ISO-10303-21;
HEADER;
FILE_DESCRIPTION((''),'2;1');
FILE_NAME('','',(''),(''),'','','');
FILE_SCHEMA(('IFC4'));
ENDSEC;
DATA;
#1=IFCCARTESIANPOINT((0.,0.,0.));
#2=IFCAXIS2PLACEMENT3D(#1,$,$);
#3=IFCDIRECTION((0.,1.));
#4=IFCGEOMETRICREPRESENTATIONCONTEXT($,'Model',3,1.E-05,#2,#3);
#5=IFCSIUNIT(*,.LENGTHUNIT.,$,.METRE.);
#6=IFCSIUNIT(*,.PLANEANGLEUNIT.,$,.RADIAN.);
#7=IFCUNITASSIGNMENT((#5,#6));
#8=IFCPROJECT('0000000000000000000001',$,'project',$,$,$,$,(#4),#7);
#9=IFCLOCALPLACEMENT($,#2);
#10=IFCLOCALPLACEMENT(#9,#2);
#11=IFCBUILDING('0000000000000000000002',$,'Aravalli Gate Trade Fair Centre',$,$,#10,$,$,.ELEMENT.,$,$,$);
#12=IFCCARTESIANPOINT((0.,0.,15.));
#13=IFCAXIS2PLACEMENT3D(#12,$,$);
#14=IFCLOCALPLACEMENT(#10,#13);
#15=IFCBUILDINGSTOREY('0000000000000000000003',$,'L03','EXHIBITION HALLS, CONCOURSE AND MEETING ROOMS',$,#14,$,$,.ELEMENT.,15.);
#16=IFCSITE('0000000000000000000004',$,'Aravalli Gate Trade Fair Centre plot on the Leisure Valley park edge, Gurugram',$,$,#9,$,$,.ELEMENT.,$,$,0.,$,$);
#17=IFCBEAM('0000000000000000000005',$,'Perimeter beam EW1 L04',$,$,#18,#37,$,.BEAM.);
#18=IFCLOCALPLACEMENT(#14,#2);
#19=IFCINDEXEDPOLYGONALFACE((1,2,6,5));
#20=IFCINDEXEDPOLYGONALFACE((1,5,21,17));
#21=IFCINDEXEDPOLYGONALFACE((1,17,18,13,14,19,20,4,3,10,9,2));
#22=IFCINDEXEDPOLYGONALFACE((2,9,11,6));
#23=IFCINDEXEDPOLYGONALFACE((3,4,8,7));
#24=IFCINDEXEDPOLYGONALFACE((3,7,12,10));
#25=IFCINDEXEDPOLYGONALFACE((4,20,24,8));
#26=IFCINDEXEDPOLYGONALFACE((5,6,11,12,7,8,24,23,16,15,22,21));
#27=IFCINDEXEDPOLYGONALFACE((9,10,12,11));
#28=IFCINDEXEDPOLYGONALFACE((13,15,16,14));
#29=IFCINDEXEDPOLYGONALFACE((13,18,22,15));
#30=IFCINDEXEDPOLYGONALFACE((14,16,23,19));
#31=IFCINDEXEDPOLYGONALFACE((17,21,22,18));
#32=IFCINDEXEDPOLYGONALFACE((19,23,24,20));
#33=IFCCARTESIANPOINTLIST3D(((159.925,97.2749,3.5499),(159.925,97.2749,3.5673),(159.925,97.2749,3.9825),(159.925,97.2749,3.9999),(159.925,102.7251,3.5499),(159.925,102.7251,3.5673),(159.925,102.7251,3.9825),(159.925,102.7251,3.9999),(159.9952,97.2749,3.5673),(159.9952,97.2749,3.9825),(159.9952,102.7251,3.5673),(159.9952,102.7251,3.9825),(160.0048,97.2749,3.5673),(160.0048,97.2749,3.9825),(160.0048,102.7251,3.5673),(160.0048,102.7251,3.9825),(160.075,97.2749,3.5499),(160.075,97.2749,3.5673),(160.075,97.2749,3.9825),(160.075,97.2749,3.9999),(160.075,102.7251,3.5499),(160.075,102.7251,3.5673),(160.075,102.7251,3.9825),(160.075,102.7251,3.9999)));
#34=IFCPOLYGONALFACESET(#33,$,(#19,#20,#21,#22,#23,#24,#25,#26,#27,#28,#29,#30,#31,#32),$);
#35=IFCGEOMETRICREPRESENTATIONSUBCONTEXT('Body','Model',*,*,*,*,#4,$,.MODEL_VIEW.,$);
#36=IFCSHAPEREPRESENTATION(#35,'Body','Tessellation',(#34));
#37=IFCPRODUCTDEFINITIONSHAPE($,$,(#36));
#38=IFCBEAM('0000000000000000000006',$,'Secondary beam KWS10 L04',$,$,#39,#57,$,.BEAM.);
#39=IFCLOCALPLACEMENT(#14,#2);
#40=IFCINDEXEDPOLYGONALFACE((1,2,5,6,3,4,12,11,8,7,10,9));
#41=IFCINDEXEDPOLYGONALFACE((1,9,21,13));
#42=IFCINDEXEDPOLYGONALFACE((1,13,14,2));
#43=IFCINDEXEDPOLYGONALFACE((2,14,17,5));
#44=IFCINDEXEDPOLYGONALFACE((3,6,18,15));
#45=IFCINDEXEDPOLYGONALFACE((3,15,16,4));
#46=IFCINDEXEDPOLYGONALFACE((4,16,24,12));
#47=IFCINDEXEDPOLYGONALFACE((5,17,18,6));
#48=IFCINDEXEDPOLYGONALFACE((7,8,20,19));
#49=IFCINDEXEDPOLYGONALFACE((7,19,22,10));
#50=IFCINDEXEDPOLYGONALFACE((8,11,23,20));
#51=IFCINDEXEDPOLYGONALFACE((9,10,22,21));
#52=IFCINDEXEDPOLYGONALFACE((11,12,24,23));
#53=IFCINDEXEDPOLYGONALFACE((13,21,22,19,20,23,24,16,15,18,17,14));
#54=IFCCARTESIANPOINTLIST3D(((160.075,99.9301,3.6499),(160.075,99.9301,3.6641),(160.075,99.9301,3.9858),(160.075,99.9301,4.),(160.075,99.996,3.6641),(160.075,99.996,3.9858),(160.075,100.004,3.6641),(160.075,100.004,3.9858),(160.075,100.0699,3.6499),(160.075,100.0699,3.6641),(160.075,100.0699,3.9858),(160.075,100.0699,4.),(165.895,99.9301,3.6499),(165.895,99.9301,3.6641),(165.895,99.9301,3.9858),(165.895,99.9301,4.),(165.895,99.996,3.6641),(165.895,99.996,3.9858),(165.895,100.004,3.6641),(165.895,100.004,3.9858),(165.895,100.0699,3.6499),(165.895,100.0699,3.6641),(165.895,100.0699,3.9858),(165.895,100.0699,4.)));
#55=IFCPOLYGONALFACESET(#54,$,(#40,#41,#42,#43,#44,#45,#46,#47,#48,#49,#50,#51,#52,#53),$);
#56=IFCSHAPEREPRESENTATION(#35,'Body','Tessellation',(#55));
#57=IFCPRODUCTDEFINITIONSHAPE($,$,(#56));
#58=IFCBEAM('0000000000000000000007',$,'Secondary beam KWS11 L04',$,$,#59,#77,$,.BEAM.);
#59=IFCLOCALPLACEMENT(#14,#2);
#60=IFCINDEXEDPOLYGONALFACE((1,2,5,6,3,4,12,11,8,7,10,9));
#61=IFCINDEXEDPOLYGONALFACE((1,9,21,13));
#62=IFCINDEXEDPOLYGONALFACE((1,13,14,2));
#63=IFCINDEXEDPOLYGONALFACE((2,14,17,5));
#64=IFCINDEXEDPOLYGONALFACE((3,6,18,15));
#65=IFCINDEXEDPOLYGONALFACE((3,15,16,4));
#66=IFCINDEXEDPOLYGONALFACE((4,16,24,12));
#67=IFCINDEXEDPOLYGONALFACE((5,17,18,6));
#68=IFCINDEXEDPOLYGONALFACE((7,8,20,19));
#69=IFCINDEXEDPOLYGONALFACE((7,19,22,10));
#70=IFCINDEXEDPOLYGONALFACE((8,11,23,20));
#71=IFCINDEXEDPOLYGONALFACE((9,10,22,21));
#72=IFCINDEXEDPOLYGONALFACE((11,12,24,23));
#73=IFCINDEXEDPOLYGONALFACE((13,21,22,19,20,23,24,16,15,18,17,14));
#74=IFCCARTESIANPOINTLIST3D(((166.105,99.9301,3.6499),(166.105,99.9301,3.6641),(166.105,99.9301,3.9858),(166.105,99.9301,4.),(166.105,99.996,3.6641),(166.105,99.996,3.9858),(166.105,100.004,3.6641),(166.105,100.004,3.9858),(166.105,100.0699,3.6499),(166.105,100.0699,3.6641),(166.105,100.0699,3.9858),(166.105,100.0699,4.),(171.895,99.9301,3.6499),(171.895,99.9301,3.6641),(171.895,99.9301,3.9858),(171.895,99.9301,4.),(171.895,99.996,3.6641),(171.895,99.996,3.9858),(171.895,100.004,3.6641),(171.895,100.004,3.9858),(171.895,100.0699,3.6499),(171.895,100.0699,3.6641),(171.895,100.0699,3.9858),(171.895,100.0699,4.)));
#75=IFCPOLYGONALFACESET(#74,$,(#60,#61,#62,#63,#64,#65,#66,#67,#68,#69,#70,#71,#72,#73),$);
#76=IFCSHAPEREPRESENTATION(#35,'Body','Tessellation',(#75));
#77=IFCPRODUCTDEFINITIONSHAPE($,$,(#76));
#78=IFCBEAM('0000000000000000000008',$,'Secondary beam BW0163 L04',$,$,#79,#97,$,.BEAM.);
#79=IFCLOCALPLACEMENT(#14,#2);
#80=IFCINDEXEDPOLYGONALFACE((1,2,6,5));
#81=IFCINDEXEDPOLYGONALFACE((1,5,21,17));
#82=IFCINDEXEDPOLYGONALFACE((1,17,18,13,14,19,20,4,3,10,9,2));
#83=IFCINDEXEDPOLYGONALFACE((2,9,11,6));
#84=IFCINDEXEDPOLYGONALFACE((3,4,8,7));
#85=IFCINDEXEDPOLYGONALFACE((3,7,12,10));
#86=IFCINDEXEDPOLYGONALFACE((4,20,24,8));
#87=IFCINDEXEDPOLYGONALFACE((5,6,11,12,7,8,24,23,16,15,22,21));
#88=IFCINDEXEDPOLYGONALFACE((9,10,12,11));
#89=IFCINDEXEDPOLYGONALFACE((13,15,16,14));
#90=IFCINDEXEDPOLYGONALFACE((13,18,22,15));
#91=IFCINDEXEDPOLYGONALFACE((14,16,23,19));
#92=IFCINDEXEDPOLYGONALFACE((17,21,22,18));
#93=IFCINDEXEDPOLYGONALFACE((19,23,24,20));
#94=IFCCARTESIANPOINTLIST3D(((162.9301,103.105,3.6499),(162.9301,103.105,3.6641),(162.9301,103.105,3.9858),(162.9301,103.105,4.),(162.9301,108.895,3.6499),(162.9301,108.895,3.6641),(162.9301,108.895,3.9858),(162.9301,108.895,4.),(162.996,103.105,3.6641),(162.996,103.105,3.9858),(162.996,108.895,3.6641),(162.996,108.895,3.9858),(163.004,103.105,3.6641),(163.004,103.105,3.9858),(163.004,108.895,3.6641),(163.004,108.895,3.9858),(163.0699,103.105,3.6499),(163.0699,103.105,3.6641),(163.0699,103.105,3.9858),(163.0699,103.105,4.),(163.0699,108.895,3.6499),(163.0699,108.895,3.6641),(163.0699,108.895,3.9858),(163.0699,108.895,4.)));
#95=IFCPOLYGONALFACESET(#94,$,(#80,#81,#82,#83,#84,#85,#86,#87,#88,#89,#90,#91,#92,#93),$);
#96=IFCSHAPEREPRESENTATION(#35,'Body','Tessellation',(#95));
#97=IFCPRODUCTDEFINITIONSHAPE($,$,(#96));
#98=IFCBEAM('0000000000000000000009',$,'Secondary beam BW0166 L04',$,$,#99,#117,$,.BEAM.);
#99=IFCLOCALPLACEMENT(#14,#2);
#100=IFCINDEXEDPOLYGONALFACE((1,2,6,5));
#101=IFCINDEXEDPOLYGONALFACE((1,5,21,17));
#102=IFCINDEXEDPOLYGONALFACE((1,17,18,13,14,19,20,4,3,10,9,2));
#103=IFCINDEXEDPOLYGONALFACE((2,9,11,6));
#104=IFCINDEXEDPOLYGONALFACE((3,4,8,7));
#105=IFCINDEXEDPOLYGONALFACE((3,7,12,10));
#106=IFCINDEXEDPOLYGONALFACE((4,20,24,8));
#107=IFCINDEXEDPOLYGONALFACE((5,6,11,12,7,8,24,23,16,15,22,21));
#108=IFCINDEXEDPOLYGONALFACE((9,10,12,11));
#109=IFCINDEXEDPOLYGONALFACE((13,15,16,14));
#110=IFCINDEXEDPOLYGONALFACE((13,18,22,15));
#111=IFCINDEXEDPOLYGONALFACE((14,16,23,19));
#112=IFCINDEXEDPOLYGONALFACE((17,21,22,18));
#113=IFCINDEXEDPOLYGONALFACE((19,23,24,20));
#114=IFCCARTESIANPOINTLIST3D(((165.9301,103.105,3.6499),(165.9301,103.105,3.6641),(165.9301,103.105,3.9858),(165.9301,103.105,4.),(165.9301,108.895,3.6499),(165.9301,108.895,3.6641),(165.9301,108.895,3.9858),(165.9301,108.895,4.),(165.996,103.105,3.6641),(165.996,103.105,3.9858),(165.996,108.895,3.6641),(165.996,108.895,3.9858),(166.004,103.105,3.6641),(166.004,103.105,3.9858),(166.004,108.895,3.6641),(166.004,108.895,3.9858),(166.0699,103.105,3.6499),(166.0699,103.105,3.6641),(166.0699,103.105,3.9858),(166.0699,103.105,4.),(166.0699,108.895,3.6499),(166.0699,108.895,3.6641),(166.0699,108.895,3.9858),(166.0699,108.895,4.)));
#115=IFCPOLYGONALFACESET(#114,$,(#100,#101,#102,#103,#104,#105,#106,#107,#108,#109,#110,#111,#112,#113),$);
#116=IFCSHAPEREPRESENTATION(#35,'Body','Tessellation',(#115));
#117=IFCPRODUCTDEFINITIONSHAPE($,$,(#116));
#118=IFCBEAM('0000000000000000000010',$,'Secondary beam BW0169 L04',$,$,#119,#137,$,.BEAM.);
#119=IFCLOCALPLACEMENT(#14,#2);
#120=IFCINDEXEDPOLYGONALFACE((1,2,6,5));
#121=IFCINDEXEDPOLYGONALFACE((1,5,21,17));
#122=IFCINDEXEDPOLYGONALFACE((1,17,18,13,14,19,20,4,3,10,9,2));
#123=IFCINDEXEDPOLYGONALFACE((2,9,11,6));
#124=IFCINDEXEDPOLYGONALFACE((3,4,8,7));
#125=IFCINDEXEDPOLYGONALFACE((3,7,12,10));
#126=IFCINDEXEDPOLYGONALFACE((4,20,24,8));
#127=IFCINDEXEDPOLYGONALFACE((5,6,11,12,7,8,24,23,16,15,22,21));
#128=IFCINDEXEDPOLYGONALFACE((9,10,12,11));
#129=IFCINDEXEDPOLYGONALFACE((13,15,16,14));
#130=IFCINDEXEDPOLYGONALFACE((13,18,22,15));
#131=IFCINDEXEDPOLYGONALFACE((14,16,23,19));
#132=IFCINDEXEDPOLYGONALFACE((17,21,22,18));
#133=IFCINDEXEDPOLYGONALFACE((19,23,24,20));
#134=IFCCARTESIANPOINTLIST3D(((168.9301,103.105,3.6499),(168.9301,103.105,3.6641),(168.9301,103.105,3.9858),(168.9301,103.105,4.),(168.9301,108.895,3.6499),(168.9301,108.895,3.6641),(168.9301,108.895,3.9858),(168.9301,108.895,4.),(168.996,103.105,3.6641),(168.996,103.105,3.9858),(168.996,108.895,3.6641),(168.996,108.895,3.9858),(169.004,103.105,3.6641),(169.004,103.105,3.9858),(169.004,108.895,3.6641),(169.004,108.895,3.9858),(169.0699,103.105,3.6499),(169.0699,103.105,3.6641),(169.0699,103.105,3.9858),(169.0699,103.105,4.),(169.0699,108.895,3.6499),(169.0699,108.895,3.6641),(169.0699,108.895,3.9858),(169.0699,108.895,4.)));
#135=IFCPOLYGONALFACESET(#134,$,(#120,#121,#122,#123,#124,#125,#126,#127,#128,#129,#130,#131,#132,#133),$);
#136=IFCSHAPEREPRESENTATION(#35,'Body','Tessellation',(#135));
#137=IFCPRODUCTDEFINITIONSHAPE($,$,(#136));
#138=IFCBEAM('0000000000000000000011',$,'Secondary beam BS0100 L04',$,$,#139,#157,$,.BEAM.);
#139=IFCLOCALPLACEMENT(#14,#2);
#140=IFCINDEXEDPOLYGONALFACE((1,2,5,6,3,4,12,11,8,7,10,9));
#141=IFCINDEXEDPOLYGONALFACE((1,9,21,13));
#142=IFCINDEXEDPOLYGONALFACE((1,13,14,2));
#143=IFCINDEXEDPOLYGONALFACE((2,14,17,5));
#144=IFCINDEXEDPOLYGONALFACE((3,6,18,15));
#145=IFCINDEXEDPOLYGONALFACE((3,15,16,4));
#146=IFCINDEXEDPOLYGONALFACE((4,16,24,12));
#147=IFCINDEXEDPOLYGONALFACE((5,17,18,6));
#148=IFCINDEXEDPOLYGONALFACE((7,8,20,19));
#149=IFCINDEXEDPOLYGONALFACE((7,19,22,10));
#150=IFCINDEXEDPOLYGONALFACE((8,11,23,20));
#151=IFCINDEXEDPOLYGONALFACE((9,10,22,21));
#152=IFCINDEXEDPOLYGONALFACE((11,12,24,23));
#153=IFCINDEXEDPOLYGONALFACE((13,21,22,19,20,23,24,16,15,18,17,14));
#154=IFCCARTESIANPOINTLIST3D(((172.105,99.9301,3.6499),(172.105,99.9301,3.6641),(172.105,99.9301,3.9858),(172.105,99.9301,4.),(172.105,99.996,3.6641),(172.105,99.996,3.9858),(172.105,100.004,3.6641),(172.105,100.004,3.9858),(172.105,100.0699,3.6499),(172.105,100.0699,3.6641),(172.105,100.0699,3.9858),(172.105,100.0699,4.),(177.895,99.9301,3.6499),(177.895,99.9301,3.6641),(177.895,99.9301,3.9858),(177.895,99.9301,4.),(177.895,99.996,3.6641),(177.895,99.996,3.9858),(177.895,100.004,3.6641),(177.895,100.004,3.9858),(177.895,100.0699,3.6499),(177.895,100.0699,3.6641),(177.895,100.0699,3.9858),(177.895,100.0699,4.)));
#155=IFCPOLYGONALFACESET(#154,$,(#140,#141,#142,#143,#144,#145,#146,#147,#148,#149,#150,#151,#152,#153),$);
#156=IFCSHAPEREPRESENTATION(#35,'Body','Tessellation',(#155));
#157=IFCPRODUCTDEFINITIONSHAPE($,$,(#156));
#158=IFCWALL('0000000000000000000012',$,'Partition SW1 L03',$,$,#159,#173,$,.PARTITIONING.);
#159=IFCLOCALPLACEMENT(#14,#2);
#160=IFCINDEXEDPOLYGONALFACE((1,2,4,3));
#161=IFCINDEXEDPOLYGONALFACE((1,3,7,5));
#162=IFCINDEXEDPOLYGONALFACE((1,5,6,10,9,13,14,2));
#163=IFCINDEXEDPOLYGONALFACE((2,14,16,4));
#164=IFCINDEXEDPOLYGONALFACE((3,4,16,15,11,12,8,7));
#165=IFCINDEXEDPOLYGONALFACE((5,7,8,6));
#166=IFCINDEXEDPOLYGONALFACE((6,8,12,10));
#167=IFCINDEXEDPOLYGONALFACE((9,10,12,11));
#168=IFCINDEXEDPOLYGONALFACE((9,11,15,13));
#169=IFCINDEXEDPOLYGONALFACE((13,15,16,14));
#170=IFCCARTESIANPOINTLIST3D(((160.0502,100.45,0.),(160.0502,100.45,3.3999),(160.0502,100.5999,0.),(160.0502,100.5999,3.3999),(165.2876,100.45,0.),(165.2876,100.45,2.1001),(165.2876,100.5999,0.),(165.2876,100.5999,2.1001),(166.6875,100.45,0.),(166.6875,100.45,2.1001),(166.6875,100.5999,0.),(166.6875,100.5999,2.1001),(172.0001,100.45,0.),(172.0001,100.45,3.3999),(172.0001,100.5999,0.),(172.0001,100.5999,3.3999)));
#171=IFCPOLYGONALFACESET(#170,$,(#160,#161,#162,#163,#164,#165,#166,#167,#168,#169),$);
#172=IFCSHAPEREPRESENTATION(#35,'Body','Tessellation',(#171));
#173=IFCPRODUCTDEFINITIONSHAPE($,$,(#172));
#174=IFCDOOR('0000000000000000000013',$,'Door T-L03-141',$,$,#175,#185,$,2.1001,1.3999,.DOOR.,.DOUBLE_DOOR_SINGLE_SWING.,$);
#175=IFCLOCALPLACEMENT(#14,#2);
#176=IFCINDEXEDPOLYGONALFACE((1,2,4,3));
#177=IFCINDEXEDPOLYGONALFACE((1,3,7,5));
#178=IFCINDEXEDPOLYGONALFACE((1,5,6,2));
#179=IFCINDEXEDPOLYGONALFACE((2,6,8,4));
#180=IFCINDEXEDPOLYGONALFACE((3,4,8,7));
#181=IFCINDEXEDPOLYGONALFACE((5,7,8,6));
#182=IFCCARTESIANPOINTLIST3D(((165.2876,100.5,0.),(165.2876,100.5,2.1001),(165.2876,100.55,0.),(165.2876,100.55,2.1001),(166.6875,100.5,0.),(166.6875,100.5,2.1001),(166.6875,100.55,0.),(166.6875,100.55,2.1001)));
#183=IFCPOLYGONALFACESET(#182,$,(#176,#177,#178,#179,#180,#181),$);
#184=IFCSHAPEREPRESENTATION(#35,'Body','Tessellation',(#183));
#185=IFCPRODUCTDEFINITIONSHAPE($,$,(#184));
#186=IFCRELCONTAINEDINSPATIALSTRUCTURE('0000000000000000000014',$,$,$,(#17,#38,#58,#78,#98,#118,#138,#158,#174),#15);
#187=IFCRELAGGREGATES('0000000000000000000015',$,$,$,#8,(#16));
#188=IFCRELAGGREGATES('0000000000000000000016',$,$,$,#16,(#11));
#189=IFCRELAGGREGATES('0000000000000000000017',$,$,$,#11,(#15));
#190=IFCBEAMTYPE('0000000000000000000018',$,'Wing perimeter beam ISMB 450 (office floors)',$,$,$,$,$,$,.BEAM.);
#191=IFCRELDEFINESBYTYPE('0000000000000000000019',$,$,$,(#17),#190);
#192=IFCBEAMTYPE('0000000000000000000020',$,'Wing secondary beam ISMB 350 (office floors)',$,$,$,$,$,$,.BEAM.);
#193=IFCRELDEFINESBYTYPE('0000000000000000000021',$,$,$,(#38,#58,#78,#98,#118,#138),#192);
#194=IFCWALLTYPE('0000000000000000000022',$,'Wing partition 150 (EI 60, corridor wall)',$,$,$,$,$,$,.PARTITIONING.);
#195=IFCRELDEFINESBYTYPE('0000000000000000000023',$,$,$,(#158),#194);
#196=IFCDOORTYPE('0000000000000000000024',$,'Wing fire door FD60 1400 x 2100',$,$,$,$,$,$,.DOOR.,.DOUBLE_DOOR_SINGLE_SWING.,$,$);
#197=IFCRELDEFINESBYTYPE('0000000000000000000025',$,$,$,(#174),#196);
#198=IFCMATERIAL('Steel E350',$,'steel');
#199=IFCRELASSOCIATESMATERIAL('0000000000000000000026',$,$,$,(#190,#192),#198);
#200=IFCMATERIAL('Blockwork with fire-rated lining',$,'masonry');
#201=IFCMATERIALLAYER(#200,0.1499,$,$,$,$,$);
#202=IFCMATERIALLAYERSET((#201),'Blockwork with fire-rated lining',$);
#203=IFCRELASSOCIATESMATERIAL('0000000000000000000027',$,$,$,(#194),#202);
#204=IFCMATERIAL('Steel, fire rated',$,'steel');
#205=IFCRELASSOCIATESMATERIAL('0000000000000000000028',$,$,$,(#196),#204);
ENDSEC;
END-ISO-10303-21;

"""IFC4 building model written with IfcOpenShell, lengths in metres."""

from ifc_helpers import new_model, si_unit, direction, frame, frame_2d, origin, origin_2d, place, context, subcontext, project, spatial, rectangle, i_section, extrude, material, layer, layer_set, material_profile, profile_set, type_object, element, fill, save


model = new_model("IFC4")

# Units and contexts
model_context = context("Model", 3, precision=1e-05, world=origin(), true_north=direction((0.0, 1.0)))
body_context = subcontext(model_context, "Body", "Model", "MODEL_VIEW")
ifc_project = project(units=[si_unit("LENGTHUNIT", "METRE"), si_unit("PLANEANGLEUNIT", "RADIAN")], contexts=[model_context])

# Site, building, storey
site_placement = place(None, origin())
site = spatial("IfcSite", under=ifc_project, at=site_placement, Name="Aravalli Gate Trade Fair Centre plot on the Leisure Valley park edge, Gurugram", CompositionType="ELEMENT", RefElevation=0.0)
building_placement = place(site_placement, origin())
building = spatial("IfcBuilding", under=site, at=building_placement, Name="Aravalli Gate Trade Fair Centre", CompositionType="ELEMENT")
storey_placement = place(building_placement, frame((0.0, 0.0, 15.0)))
storey = spatial("IfcBuildingStorey", under=building, at=storey_placement, Name="L03", Description="EXHIBITION HALLS, CONCOURSE AND MEETING ROOMS", CompositionType="ELEMENT", Elevation=15.0)

# Shared definitions
ifc_material_1 = material(Name="Steel E350", Category="steel")

# Beams
ifc_material_profile_1 = material_profile(ifc_material_1, i_section(OverallWidth=0.1499, OverallDepth=0.45, WebThickness=0.0095, FlangeThickness=0.0173, at=origin_2d()), Name="ISMB 450")
ifc_profile_set_1 = profile_set([ifc_material_profile_1], Name="Steel E350")
beam_type_1 = type_object("IfcBeamType", Name="Wing perimeter beam ISMB 450 (office floors)", PredefinedType="BEAM", material=ifc_profile_set_1)
for number, where, z_axis, x_axis, name in (
    (1, (160.0, 97.2749, 3.7749), (0.0, 1.0, 0.0), (-1.0, 0.0, 0.0), "Perimeter beam EW1 L04"),
):
    element("IfcBeam", number, at=place(storey_placement, frame(where, z_axis=z_axis, x_axis=x_axis)), inside=storey, type_object=beam_type_1, Name=name, PredefinedType="BEAM", context=body_context, shape_type="SweptSolid", body=[
        extrude(i_section(OverallWidth=0.1499, OverallDepth=0.45, WebThickness=0.0095, FlangeThickness=0.0173, at=origin_2d()), origin(), (0.0, 0.0, 1.0), 5.4502),
    ])
ifc_material_profile_2 = material_profile(ifc_material_1, i_section(OverallWidth=0.1399, OverallDepth=0.3501, WebThickness=0.0081, FlangeThickness=0.0142, at=origin_2d()), Name="ISMB 350")
ifc_profile_set_2 = profile_set([ifc_material_profile_2], Name="Steel E350")
beam_type_2 = type_object("IfcBeamType", Name="Wing secondary beam ISMB 350 (office floors)", PredefinedType="BEAM", material=ifc_profile_set_2)
beam_1_placement = place(storey_placement, frame((160.075, 100.0, 3.825), z_axis=(1.0, 0.0, 0.0), x_axis=(0.0, 1.0, 0.0)))
element("IfcBeam", 2, at=beam_1_placement, inside=storey, type_object=beam_type_2, Name="Secondary beam KWS10 L04", PredefinedType="BEAM", context=body_context, shape_type="SweptSolid", body=[
    extrude(i_section(OverallWidth=0.1399, OverallDepth=0.3501, WebThickness=0.0081, FlangeThickness=0.0142, at=origin_2d()), origin(), (0.0, 0.0, 1.0), 5.8201),
])
for number, where, z_axis, x_axis, name in (
    (3, (166.105, 100.0, 3.825), (1.0, 0.0, 0.0), (0.0, 1.0, 0.0), "Secondary beam KWS11 L04"),
    (4, (163.0, 103.105, 3.825), (0.0, 1.0, 0.0), (-1.0, 0.0, 0.0), "Secondary beam BW0163 L04"),
    (5, (166.0, 103.105, 3.825), (0.0, 1.0, 0.0), (-1.0, 0.0, 0.0), "Secondary beam BW0166 L04"),
    (6, (169.0, 103.105, 3.825), (0.0, 1.0, 0.0), (-1.0, 0.0, 0.0), "Secondary beam BW0169 L04"),
    (7, (172.105, 100.0, 3.825), (1.0, 0.0, 0.0), (0.0, 1.0, 0.0), "Secondary beam BS0100 L04"),
):
    element("IfcBeam", number, at=place(storey_placement, frame(where, z_axis=z_axis, x_axis=x_axis)), inside=storey, type_object=beam_type_2, Name=name, PredefinedType="BEAM", context=body_context, shape_type="SweptSolid", body=[
        extrude(i_section(OverallWidth=0.1399, OverallDepth=0.3501, WebThickness=0.0081, FlangeThickness=0.0142, at=origin_2d()), origin(), (0.0, 0.0, 1.0), 5.79),
    ])

# Wall, opening, door
ifc_material_2 = material(Name="Blockwork with fire-rated lining", Category="masonry")
ifc_layer_1 = layer(ifc_material_2, 0.1499)
ifc_layer_set_1 = layer_set([ifc_layer_1], Name="Blockwork with fire-rated lining")
wall_type_1 = type_object("IfcWallType", Name="Wing partition 150 (EI 60, corridor wall)", PredefinedType="PARTITIONING", material=ifc_layer_set_1)
wall_1_placement = place(storey_placement, frame((160.05, 100.5249, 0.0), z_axis=(0.0, 0.0, 1.0), x_axis=(1.0, 0.0, 0.0)))
wall_1 = element("IfcWall", 8, at=wall_1_placement, inside=storey, type_object=wall_type_1, Name="Partition SW1 L03", PredefinedType="PARTITIONING", context=body_context, shape_type="SweptSolid", body=[
    extrude(rectangle(XDim=11.95, YDim=0.1499, at=frame_2d((5.9751, 0.0))), origin(), (0.0, 0.0, 1.0), 3.3999),
])
opening_1_placement = place(wall_1_placement, frame((5.2375, 0.0, 0.0)))
opening_1 = element("IfcOpeningElement", 9, at=opening_1_placement, cuts=wall_1, PredefinedType="OPENING", context=body_context, shape_type="SweptSolid", body=[
    extrude(rectangle(XDim=1.3999, YDim=2.1001, at=frame_2d((0.7, 1.05))), frame((0.0, 0.085, 0.0), z_axis=(0.0, -1.0, 0.0), x_axis=(1.0, 0.0, 0.0)), (0.0, 0.0, 1.0), 0.1699),
])
ifc_material_3 = material(Name="Steel, fire rated", Category="steel")
door_type_1 = type_object("IfcDoorType", Name="Wing fire door FD60 1400 x 2100", OperationType="DOUBLE_DOOR_SINGLE_SWING", PredefinedType="DOOR", material=ifc_material_3)
door_1_placement = place(opening_1_placement, frame((1.3999, 0.0, 0.0), z_axis=(0.0, 0.0, 1.0), x_axis=(-1.0, 0.0, 0.0)))
door_1 = element("IfcDoor", 10, at=door_1_placement, inside=storey, type_object=door_type_1, Name="Door T-L03-141", OperationType="DOUBLE_DOOR_SINGLE_SWING", OverallHeight=2.1001, OverallWidth=1.3999, PredefinedType="DOOR", context=body_context, shape_type="SweptSolid", body=[
    extrude(rectangle(XDim=1.3999, YDim=2.1001, at=frame_2d((0.7, 1.05))), frame((0.0, 0.0249, 0.0), z_axis=(0.0, -1.0, 0.0), x_axis=(1.0, 0.0, 0.0)), (0.0, 0.0, 1.0), 0.05),
])
fill(opening_1, door_1)

save(model, "model.ifc")
